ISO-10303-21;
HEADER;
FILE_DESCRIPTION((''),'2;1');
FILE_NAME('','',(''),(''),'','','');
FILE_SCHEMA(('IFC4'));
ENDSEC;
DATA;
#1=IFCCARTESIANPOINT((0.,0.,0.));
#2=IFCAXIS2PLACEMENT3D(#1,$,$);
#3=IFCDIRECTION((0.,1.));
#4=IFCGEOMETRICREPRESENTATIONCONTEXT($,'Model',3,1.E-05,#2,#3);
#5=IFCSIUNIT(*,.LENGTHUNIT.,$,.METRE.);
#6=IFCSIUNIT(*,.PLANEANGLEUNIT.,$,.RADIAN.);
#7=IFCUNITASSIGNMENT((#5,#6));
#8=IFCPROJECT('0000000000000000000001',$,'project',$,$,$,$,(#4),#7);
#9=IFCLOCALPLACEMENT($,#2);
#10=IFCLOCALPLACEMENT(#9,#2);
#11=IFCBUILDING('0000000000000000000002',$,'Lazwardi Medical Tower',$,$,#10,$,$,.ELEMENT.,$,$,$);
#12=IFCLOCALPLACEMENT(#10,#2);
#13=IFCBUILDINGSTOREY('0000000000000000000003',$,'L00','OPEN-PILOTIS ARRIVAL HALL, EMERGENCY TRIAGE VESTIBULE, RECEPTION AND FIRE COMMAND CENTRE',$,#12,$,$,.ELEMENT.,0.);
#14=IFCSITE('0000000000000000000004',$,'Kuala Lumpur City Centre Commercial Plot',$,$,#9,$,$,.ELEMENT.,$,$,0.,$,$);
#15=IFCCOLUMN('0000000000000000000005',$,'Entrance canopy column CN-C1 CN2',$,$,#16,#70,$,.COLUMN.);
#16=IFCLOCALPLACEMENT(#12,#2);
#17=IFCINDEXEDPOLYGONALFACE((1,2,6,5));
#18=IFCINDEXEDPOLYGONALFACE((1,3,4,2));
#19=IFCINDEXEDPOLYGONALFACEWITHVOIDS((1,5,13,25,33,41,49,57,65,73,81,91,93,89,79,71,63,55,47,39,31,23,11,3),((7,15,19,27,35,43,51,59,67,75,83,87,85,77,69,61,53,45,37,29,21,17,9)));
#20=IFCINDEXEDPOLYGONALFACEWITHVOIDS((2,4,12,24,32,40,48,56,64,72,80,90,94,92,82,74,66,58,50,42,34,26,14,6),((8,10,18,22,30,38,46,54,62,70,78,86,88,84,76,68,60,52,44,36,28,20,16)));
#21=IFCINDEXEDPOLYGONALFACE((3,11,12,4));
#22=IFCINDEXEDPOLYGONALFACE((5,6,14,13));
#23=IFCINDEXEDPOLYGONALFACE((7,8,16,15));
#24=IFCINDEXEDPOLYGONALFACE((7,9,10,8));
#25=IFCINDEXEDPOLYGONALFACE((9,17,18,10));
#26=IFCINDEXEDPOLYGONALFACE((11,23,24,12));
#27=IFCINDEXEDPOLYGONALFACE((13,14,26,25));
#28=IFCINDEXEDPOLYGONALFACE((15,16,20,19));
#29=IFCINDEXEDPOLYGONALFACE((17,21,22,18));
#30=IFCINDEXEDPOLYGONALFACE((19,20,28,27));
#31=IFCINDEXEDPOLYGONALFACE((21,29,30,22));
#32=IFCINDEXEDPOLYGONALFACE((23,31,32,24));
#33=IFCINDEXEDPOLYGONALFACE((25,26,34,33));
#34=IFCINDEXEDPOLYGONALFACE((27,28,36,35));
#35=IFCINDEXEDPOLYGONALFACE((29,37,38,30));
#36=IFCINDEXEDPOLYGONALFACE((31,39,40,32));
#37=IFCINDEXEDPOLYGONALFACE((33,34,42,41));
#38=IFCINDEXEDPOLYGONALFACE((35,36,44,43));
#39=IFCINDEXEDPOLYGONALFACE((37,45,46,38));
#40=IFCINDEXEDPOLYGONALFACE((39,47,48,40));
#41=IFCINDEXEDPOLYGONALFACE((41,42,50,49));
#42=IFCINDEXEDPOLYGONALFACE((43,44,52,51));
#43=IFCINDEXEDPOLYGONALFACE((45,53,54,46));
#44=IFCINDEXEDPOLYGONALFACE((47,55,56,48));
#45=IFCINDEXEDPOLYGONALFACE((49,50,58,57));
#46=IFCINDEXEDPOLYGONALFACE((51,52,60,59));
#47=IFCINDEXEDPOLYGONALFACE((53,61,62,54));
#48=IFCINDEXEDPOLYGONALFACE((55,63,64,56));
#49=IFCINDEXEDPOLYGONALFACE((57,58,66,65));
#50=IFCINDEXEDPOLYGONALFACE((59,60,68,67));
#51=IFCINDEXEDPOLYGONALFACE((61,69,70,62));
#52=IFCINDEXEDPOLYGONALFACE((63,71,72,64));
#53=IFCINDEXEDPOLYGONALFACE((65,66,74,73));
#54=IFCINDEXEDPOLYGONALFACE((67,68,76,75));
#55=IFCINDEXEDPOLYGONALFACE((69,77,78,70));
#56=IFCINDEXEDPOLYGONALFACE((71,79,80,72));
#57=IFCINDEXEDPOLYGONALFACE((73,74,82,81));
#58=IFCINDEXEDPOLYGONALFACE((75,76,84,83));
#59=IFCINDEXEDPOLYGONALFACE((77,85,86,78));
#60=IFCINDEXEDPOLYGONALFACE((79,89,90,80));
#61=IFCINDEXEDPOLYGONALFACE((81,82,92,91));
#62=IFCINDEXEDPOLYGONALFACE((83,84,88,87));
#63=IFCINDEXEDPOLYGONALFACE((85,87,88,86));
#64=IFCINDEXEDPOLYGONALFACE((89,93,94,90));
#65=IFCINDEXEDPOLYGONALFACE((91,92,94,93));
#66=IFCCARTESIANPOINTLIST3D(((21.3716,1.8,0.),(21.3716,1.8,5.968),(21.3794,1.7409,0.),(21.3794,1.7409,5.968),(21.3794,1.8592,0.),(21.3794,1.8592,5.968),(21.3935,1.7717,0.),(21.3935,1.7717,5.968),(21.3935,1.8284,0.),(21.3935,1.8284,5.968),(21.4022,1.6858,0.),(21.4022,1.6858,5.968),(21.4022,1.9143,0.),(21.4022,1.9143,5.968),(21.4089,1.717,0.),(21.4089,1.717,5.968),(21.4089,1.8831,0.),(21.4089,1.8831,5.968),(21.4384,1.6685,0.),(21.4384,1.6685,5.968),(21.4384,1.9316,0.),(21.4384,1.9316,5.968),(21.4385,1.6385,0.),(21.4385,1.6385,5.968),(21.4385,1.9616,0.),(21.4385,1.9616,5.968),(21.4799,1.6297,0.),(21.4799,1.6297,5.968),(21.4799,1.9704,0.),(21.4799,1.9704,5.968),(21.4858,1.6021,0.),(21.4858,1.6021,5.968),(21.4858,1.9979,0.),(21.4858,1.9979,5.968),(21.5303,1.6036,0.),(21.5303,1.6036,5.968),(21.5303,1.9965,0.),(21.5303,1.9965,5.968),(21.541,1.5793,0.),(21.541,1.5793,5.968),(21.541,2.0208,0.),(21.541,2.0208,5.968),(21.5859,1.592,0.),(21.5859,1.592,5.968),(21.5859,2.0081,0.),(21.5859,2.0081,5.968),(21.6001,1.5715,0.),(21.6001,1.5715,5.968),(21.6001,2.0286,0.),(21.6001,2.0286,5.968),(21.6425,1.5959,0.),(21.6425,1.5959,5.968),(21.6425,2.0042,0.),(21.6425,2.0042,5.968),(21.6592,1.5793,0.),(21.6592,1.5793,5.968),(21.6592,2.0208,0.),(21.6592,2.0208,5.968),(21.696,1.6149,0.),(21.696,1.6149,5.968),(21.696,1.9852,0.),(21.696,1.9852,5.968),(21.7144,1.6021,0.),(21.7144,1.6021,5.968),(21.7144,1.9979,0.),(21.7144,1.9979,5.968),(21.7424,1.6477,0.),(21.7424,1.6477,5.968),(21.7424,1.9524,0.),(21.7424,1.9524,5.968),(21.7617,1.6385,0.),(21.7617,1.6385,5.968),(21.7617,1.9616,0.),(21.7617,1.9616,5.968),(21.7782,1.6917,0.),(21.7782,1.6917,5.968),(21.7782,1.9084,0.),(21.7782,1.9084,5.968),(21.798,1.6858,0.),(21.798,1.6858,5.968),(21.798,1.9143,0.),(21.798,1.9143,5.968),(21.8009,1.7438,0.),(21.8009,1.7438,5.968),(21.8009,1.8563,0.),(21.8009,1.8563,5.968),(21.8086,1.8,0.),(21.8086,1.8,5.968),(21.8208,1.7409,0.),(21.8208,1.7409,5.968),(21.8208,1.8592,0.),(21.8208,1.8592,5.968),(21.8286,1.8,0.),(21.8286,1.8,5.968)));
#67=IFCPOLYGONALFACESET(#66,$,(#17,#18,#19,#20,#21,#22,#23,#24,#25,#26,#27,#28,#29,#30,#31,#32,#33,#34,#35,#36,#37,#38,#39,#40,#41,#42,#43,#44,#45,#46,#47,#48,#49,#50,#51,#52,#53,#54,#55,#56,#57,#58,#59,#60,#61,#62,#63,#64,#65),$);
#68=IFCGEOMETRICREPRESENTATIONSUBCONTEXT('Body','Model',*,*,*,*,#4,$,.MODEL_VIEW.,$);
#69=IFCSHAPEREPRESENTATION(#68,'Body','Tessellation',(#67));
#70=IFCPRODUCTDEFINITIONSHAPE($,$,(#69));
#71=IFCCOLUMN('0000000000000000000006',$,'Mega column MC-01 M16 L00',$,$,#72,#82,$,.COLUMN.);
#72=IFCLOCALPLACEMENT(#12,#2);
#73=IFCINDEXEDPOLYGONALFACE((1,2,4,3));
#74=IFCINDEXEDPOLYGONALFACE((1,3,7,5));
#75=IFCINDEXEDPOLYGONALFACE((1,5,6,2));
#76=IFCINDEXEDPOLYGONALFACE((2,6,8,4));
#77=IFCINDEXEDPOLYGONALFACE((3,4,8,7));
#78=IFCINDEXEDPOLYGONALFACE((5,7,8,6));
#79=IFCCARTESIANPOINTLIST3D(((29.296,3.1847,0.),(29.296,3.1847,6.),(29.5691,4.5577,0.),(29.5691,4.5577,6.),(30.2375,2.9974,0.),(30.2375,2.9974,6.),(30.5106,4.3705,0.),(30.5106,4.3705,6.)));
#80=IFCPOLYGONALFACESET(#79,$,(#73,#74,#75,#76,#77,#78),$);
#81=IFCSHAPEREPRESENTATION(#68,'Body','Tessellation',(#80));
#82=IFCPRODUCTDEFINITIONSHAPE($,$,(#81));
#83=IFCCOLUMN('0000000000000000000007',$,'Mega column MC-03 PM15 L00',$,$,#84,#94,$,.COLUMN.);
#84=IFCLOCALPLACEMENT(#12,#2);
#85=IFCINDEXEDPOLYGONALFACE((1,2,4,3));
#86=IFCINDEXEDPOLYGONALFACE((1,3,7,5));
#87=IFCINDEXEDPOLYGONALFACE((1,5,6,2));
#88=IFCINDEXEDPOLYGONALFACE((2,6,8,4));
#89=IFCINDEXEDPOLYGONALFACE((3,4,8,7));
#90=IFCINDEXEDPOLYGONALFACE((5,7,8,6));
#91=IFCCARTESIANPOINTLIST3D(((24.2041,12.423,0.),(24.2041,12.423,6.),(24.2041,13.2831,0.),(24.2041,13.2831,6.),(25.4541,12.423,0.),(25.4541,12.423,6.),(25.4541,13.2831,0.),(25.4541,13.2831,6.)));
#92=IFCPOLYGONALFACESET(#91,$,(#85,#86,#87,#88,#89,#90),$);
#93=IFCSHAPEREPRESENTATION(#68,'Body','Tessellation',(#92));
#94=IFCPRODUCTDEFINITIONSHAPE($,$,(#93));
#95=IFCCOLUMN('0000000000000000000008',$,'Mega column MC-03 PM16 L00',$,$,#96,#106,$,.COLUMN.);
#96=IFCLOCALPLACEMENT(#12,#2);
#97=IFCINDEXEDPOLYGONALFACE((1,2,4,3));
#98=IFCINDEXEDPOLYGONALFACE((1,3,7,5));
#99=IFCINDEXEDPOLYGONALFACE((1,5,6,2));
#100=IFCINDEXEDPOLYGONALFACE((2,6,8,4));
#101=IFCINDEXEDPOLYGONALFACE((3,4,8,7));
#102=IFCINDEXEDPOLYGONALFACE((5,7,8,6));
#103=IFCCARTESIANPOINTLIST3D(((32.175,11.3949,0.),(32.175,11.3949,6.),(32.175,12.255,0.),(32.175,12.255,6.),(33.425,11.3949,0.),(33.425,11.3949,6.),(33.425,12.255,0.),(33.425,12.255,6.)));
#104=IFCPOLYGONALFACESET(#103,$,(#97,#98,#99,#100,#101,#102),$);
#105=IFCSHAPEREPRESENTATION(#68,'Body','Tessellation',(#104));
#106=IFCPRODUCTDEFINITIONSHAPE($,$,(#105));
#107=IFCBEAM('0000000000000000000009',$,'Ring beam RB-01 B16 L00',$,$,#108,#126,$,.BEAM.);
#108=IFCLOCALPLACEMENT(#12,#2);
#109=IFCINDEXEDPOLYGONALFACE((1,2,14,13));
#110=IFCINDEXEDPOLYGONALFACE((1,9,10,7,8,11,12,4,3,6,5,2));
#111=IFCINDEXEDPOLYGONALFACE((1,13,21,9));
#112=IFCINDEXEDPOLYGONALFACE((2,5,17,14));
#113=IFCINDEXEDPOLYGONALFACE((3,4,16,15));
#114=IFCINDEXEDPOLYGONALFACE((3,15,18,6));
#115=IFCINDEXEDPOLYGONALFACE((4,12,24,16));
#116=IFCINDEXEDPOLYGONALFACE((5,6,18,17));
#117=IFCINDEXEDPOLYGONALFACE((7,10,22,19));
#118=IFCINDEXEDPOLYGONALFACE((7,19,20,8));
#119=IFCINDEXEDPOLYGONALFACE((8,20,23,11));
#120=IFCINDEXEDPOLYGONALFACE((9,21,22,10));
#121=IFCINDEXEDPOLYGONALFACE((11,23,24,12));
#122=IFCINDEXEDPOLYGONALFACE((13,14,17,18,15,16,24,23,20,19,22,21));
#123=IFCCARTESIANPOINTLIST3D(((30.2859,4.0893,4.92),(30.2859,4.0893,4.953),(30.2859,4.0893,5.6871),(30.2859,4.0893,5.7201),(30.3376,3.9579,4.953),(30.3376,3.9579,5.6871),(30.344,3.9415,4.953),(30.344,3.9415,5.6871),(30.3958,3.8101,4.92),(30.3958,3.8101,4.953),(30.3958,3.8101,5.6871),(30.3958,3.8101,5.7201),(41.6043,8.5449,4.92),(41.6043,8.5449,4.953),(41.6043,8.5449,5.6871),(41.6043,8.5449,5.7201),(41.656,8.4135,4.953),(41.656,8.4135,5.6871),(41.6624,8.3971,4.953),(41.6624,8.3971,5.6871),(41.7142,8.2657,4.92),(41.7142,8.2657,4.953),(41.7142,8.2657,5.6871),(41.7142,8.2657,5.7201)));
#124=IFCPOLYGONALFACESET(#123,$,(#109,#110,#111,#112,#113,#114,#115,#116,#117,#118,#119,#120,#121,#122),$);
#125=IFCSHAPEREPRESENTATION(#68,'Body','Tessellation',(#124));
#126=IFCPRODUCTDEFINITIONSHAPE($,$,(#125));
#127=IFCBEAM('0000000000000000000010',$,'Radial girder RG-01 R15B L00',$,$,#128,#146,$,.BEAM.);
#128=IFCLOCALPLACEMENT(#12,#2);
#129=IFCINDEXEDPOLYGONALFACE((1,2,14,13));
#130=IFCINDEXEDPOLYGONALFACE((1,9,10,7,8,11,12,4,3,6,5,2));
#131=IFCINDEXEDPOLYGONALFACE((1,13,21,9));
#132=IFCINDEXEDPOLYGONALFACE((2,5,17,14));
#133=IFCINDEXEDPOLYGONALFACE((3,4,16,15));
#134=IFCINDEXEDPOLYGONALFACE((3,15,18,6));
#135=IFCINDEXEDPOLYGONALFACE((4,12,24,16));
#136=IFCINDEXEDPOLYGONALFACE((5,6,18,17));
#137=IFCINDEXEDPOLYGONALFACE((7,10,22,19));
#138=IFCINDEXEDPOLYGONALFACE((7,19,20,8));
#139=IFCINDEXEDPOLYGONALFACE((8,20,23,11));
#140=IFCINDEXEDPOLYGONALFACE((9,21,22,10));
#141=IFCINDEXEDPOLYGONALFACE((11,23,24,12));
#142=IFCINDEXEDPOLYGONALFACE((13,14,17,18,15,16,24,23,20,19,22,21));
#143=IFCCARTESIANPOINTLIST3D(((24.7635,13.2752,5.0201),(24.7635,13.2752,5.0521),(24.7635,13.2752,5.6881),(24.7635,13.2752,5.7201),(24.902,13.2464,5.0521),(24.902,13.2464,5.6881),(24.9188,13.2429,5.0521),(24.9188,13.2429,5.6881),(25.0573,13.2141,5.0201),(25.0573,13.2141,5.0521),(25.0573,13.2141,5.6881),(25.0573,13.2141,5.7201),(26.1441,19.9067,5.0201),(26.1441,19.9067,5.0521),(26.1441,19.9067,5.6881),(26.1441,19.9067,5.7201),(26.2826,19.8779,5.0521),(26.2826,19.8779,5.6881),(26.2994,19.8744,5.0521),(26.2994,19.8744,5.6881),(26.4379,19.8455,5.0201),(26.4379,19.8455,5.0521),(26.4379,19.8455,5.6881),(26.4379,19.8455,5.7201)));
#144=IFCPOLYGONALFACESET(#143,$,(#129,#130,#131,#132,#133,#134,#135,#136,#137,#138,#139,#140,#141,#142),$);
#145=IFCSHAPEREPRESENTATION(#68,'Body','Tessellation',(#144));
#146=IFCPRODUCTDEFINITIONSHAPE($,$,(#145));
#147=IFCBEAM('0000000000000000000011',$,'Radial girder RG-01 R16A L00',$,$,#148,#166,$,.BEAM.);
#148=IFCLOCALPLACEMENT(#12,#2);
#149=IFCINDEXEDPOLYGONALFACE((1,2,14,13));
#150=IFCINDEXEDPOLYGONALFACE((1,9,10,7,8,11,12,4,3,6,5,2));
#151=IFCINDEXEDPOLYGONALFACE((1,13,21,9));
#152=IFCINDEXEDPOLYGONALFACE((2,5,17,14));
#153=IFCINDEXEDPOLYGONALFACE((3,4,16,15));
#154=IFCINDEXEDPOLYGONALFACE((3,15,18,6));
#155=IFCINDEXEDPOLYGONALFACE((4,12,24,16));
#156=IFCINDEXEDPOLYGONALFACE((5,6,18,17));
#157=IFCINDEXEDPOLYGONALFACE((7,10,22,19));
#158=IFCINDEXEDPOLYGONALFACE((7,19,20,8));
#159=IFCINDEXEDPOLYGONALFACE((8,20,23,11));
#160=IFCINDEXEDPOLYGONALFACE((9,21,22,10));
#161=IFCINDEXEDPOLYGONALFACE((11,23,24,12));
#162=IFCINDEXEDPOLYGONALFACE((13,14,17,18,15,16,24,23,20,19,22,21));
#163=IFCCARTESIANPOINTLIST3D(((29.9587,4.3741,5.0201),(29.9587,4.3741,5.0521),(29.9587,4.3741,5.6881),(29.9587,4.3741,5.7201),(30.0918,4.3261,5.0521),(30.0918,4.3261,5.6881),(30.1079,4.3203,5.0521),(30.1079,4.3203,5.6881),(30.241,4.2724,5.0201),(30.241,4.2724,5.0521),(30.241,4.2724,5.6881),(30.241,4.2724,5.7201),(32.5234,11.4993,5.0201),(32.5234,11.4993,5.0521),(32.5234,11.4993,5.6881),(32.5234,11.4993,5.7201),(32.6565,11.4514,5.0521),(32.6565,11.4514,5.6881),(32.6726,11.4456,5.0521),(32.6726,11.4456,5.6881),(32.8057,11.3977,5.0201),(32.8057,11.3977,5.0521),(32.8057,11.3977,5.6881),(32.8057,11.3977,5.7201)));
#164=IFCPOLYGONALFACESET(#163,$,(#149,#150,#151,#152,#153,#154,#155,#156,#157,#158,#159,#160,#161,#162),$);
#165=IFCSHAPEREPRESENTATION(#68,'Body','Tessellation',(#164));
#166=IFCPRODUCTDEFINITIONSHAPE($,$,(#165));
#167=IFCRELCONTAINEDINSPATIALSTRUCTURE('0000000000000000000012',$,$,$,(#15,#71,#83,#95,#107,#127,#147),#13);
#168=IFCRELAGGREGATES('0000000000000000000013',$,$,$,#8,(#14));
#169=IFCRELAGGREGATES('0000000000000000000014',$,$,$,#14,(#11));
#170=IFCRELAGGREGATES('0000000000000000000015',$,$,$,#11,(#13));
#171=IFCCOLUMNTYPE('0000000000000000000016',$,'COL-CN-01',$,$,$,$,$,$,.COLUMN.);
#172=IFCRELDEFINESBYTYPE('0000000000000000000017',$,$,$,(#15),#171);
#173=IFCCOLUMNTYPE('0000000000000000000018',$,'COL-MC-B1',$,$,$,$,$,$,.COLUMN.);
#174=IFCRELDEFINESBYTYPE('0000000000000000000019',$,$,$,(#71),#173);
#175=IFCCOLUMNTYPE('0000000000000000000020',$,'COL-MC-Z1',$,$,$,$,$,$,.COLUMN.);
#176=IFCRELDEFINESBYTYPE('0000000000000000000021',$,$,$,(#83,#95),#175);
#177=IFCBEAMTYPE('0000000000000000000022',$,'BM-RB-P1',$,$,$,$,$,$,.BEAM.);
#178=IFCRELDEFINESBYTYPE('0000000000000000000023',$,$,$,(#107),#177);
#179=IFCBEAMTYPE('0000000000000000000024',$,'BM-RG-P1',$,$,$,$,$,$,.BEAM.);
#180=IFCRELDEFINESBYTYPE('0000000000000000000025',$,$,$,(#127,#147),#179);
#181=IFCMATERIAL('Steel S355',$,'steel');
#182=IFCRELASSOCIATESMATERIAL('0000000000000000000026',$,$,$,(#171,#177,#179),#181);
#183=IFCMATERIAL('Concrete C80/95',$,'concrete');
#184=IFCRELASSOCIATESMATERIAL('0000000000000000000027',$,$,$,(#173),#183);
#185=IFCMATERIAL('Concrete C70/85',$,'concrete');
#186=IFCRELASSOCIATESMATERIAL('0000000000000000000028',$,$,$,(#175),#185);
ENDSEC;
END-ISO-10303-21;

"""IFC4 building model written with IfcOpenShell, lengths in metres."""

from ifc_helpers import new_model, si_unit, direction, frame, origin, origin_2d, place, context, subcontext, project, spatial, rectangle, hollow_circle, i_section, extrude, material, material_profile, profile_set, type_object, element, save


model = new_model("IFC4")

# Units and contexts
model_context = context("Model", 3, precision=1e-05, world=origin(), true_north=direction((0.0, 1.0)))
body_context = subcontext(model_context, "Body", "Model", "MODEL_VIEW")
ifc_project = project(units=[si_unit("LENGTHUNIT", "METRE"), si_unit("PLANEANGLEUNIT", "RADIAN")], contexts=[model_context])

# Site, building, storey
site_placement = place(None, origin())
site = spatial("IfcSite", under=ifc_project, at=site_placement, Name="Kuala Lumpur City Centre Commercial Plot", CompositionType="ELEMENT", RefElevation=0.0)
building_placement = place(site_placement, origin())
building = spatial("IfcBuilding", under=site, at=building_placement, Name="Lazwardi Medical Tower", CompositionType="ELEMENT")
storey_placement = place(building_placement, origin())
storey = spatial("IfcBuildingStorey", under=building, at=storey_placement, Name="L00", Description="OPEN-PILOTIS ARRIVAL HALL, EMERGENCY TRIAGE VESTIBULE, RECEPTION AND FIRE COMMAND CENTRE", CompositionType="ELEMENT", Elevation=0.0)

# Columns
ifc_material_1 = material(Name="Steel S355", Category="steel")
ifc_material_profile_1 = material_profile(ifc_material_1, hollow_circle(Radius=0.2285, WallThickness=0.02, at=origin_2d()), Name="CHS 457x20")
ifc_profile_set_1 = profile_set([ifc_material_profile_1], Name="Steel S355")
column_type_1 = type_object("IfcColumnType", Name="COL-CN-01", PredefinedType="COLUMN", material=ifc_profile_set_1)
column_1_placement = place(storey_placement, frame((21.6001, 1.8, 0.0), z_axis=(0.0, 0.0, 1.0), x_axis=(1.0, 0.0, 0.0)))
element("IfcColumn", 1, at=column_1_placement, inside=storey, type_object=column_type_1, Name="Entrance canopy column CN-C1 CN2", PredefinedType="COLUMN", context=body_context, shape_type="SweptSolid", body=[
    extrude(hollow_circle(Radius=0.2285, WallThickness=0.02, at=origin_2d()), origin(), (0.0, 0.0, 1.0), 5.968),
])
ifc_material_2 = material(Name="Concrete C80/95", Category="concrete")
ifc_material_profile_2 = material_profile(ifc_material_2, rectangle(XDim=1.3999, YDim=0.96, at=origin_2d()), Name="CFT-RECT 1400x960")
ifc_profile_set_2 = profile_set([ifc_material_profile_2], Name="Concrete C80/95")
column_type_2 = type_object("IfcColumnType", Name="COL-MC-B1", PredefinedType="COLUMN", material=ifc_profile_set_2)
column_2_placement = place(storey_placement, frame((29.9033, 3.7776, 0.0), z_axis=(0.0, 0.0, 1.0), x_axis=(-0.19509, -0.980785, 0.0)))
element("IfcColumn", 2, at=column_2_placement, inside=storey, type_object=column_type_2, Name="Mega column MC-01 M16 L00", PredefinedType="COLUMN", context=body_context, shape_type="SweptSolid", body=[
    extrude(rectangle(XDim=1.3999, YDim=0.96, at=origin_2d()), origin(), (0.0, 0.0, 1.0), 6.0),
])
ifc_material_3 = material(Name="Concrete C70/85", Category="concrete")
ifc_material_profile_3 = material_profile(ifc_material_3, rectangle(XDim=1.25, YDim=0.8601, at=origin_2d()), Name="CFT-RECT 1250x860")
ifc_profile_set_3 = profile_set([ifc_material_profile_3], Name="Concrete C70/85")
column_type_3 = type_object("IfcColumnType", Name="COL-MC-Z1", PredefinedType="COLUMN", material=ifc_profile_set_3)
for number, where, z_axis, x_axis, name in (
    (3, (24.8291, 12.853, 0.0), (0.0, 0.0, 1.0), (1.0, 0.0, 0.0), "Mega column MC-03 PM15 L00"),
    (4, (32.8, 11.825, 0.0), (0.0, 0.0, 1.0), (1.0, 0.0, 0.0), "Mega column MC-03 PM16 L00"),
):
    element("IfcColumn", number, at=place(storey_placement, frame(where, z_axis=z_axis, x_axis=x_axis)), inside=storey, type_object=column_type_3, Name=name, PredefinedType="COLUMN", context=body_context, shape_type="SweptSolid", body=[
        extrude(rectangle(XDim=1.25, YDim=0.8601, at=origin_2d()), origin(), (0.0, 0.0, 1.0), 6.0),
    ])

# Beams
ifc_material_profile_4 = material_profile(ifc_material_1, i_section(OverallWidth=0.3, OverallDepth=0.8, WebThickness=0.0176, FlangeThickness=0.033, at=origin_2d()), Name="HEB 800")
ifc_profile_set_4 = profile_set([ifc_material_profile_4], Name="Steel S355")
beam_type_1 = type_object("IfcBeamType", Name="BM-RB-P1", PredefinedType="BEAM", material=ifc_profile_set_4)
beam_1_placement = place(storey_placement, frame((30.3408, 3.9497, 5.3201), z_axis=(0.930498, 0.366298, 0.0), x_axis=(-0.366298, 0.930498, 0.0)))
element("IfcBeam", 5, at=beam_1_placement, inside=storey, type_object=beam_type_1, Name="Ring beam RB-01 B16 L00", PredefinedType="BEAM", context=body_context, shape_type="SweptSolid", body=[
    extrude(i_section(OverallWidth=0.3, OverallDepth=0.8, WebThickness=0.0176, FlangeThickness=0.033, at=origin_2d()), origin(), (0.0, 0.0, 1.0), 12.1638),
])
ifc_material_profile_5 = material_profile(ifc_material_1, i_section(OverallWidth=0.3, OverallDepth=0.7, WebThickness=0.0171, FlangeThickness=0.032, at=origin_2d()), Name="HEB 700")
ifc_profile_set_5 = profile_set([ifc_material_profile_5], Name="Steel S355")
beam_type_2 = type_object("IfcBeamType", Name="BM-RG-P1", PredefinedType="BEAM", material=ifc_profile_set_5)
beam_2_placement = place(storey_placement, frame((24.9104, 13.2446, 5.3701), z_axis=(0.203818, 0.979009, 0.0), x_axis=(-0.979009, 0.203818, 0.0)))
element("IfcBeam", 6, at=beam_2_placement, inside=storey, type_object=beam_type_2, Name="Radial girder RG-01 R15B L00", PredefinedType="BEAM", context=body_context, shape_type="SweptSolid", body=[
    extrude(i_section(OverallWidth=0.3, OverallDepth=0.7, WebThickness=0.0171, FlangeThickness=0.032, at=origin_2d()), origin(), (0.0, 0.0, 1.0), 6.7737),
])
beam_3_placement = place(storey_placement, frame((30.0999, 4.3232, 5.3701), z_axis=(0.338674, 0.940904, 0.0), x_axis=(-0.940904, 0.338674, 0.0)))
element("IfcBeam", 7, at=beam_3_placement, inside=storey, type_object=beam_type_2, Name="Radial girder RG-01 R16A L00", PredefinedType="BEAM", context=body_context, shape_type="SweptSolid", body=[
    extrude(i_section(OverallWidth=0.3, OverallDepth=0.7, WebThickness=0.0171, FlangeThickness=0.032, at=origin_2d()), origin(), (0.0, 0.0, 1.0), 7.5728),
])

save(model, "model.ifc")
